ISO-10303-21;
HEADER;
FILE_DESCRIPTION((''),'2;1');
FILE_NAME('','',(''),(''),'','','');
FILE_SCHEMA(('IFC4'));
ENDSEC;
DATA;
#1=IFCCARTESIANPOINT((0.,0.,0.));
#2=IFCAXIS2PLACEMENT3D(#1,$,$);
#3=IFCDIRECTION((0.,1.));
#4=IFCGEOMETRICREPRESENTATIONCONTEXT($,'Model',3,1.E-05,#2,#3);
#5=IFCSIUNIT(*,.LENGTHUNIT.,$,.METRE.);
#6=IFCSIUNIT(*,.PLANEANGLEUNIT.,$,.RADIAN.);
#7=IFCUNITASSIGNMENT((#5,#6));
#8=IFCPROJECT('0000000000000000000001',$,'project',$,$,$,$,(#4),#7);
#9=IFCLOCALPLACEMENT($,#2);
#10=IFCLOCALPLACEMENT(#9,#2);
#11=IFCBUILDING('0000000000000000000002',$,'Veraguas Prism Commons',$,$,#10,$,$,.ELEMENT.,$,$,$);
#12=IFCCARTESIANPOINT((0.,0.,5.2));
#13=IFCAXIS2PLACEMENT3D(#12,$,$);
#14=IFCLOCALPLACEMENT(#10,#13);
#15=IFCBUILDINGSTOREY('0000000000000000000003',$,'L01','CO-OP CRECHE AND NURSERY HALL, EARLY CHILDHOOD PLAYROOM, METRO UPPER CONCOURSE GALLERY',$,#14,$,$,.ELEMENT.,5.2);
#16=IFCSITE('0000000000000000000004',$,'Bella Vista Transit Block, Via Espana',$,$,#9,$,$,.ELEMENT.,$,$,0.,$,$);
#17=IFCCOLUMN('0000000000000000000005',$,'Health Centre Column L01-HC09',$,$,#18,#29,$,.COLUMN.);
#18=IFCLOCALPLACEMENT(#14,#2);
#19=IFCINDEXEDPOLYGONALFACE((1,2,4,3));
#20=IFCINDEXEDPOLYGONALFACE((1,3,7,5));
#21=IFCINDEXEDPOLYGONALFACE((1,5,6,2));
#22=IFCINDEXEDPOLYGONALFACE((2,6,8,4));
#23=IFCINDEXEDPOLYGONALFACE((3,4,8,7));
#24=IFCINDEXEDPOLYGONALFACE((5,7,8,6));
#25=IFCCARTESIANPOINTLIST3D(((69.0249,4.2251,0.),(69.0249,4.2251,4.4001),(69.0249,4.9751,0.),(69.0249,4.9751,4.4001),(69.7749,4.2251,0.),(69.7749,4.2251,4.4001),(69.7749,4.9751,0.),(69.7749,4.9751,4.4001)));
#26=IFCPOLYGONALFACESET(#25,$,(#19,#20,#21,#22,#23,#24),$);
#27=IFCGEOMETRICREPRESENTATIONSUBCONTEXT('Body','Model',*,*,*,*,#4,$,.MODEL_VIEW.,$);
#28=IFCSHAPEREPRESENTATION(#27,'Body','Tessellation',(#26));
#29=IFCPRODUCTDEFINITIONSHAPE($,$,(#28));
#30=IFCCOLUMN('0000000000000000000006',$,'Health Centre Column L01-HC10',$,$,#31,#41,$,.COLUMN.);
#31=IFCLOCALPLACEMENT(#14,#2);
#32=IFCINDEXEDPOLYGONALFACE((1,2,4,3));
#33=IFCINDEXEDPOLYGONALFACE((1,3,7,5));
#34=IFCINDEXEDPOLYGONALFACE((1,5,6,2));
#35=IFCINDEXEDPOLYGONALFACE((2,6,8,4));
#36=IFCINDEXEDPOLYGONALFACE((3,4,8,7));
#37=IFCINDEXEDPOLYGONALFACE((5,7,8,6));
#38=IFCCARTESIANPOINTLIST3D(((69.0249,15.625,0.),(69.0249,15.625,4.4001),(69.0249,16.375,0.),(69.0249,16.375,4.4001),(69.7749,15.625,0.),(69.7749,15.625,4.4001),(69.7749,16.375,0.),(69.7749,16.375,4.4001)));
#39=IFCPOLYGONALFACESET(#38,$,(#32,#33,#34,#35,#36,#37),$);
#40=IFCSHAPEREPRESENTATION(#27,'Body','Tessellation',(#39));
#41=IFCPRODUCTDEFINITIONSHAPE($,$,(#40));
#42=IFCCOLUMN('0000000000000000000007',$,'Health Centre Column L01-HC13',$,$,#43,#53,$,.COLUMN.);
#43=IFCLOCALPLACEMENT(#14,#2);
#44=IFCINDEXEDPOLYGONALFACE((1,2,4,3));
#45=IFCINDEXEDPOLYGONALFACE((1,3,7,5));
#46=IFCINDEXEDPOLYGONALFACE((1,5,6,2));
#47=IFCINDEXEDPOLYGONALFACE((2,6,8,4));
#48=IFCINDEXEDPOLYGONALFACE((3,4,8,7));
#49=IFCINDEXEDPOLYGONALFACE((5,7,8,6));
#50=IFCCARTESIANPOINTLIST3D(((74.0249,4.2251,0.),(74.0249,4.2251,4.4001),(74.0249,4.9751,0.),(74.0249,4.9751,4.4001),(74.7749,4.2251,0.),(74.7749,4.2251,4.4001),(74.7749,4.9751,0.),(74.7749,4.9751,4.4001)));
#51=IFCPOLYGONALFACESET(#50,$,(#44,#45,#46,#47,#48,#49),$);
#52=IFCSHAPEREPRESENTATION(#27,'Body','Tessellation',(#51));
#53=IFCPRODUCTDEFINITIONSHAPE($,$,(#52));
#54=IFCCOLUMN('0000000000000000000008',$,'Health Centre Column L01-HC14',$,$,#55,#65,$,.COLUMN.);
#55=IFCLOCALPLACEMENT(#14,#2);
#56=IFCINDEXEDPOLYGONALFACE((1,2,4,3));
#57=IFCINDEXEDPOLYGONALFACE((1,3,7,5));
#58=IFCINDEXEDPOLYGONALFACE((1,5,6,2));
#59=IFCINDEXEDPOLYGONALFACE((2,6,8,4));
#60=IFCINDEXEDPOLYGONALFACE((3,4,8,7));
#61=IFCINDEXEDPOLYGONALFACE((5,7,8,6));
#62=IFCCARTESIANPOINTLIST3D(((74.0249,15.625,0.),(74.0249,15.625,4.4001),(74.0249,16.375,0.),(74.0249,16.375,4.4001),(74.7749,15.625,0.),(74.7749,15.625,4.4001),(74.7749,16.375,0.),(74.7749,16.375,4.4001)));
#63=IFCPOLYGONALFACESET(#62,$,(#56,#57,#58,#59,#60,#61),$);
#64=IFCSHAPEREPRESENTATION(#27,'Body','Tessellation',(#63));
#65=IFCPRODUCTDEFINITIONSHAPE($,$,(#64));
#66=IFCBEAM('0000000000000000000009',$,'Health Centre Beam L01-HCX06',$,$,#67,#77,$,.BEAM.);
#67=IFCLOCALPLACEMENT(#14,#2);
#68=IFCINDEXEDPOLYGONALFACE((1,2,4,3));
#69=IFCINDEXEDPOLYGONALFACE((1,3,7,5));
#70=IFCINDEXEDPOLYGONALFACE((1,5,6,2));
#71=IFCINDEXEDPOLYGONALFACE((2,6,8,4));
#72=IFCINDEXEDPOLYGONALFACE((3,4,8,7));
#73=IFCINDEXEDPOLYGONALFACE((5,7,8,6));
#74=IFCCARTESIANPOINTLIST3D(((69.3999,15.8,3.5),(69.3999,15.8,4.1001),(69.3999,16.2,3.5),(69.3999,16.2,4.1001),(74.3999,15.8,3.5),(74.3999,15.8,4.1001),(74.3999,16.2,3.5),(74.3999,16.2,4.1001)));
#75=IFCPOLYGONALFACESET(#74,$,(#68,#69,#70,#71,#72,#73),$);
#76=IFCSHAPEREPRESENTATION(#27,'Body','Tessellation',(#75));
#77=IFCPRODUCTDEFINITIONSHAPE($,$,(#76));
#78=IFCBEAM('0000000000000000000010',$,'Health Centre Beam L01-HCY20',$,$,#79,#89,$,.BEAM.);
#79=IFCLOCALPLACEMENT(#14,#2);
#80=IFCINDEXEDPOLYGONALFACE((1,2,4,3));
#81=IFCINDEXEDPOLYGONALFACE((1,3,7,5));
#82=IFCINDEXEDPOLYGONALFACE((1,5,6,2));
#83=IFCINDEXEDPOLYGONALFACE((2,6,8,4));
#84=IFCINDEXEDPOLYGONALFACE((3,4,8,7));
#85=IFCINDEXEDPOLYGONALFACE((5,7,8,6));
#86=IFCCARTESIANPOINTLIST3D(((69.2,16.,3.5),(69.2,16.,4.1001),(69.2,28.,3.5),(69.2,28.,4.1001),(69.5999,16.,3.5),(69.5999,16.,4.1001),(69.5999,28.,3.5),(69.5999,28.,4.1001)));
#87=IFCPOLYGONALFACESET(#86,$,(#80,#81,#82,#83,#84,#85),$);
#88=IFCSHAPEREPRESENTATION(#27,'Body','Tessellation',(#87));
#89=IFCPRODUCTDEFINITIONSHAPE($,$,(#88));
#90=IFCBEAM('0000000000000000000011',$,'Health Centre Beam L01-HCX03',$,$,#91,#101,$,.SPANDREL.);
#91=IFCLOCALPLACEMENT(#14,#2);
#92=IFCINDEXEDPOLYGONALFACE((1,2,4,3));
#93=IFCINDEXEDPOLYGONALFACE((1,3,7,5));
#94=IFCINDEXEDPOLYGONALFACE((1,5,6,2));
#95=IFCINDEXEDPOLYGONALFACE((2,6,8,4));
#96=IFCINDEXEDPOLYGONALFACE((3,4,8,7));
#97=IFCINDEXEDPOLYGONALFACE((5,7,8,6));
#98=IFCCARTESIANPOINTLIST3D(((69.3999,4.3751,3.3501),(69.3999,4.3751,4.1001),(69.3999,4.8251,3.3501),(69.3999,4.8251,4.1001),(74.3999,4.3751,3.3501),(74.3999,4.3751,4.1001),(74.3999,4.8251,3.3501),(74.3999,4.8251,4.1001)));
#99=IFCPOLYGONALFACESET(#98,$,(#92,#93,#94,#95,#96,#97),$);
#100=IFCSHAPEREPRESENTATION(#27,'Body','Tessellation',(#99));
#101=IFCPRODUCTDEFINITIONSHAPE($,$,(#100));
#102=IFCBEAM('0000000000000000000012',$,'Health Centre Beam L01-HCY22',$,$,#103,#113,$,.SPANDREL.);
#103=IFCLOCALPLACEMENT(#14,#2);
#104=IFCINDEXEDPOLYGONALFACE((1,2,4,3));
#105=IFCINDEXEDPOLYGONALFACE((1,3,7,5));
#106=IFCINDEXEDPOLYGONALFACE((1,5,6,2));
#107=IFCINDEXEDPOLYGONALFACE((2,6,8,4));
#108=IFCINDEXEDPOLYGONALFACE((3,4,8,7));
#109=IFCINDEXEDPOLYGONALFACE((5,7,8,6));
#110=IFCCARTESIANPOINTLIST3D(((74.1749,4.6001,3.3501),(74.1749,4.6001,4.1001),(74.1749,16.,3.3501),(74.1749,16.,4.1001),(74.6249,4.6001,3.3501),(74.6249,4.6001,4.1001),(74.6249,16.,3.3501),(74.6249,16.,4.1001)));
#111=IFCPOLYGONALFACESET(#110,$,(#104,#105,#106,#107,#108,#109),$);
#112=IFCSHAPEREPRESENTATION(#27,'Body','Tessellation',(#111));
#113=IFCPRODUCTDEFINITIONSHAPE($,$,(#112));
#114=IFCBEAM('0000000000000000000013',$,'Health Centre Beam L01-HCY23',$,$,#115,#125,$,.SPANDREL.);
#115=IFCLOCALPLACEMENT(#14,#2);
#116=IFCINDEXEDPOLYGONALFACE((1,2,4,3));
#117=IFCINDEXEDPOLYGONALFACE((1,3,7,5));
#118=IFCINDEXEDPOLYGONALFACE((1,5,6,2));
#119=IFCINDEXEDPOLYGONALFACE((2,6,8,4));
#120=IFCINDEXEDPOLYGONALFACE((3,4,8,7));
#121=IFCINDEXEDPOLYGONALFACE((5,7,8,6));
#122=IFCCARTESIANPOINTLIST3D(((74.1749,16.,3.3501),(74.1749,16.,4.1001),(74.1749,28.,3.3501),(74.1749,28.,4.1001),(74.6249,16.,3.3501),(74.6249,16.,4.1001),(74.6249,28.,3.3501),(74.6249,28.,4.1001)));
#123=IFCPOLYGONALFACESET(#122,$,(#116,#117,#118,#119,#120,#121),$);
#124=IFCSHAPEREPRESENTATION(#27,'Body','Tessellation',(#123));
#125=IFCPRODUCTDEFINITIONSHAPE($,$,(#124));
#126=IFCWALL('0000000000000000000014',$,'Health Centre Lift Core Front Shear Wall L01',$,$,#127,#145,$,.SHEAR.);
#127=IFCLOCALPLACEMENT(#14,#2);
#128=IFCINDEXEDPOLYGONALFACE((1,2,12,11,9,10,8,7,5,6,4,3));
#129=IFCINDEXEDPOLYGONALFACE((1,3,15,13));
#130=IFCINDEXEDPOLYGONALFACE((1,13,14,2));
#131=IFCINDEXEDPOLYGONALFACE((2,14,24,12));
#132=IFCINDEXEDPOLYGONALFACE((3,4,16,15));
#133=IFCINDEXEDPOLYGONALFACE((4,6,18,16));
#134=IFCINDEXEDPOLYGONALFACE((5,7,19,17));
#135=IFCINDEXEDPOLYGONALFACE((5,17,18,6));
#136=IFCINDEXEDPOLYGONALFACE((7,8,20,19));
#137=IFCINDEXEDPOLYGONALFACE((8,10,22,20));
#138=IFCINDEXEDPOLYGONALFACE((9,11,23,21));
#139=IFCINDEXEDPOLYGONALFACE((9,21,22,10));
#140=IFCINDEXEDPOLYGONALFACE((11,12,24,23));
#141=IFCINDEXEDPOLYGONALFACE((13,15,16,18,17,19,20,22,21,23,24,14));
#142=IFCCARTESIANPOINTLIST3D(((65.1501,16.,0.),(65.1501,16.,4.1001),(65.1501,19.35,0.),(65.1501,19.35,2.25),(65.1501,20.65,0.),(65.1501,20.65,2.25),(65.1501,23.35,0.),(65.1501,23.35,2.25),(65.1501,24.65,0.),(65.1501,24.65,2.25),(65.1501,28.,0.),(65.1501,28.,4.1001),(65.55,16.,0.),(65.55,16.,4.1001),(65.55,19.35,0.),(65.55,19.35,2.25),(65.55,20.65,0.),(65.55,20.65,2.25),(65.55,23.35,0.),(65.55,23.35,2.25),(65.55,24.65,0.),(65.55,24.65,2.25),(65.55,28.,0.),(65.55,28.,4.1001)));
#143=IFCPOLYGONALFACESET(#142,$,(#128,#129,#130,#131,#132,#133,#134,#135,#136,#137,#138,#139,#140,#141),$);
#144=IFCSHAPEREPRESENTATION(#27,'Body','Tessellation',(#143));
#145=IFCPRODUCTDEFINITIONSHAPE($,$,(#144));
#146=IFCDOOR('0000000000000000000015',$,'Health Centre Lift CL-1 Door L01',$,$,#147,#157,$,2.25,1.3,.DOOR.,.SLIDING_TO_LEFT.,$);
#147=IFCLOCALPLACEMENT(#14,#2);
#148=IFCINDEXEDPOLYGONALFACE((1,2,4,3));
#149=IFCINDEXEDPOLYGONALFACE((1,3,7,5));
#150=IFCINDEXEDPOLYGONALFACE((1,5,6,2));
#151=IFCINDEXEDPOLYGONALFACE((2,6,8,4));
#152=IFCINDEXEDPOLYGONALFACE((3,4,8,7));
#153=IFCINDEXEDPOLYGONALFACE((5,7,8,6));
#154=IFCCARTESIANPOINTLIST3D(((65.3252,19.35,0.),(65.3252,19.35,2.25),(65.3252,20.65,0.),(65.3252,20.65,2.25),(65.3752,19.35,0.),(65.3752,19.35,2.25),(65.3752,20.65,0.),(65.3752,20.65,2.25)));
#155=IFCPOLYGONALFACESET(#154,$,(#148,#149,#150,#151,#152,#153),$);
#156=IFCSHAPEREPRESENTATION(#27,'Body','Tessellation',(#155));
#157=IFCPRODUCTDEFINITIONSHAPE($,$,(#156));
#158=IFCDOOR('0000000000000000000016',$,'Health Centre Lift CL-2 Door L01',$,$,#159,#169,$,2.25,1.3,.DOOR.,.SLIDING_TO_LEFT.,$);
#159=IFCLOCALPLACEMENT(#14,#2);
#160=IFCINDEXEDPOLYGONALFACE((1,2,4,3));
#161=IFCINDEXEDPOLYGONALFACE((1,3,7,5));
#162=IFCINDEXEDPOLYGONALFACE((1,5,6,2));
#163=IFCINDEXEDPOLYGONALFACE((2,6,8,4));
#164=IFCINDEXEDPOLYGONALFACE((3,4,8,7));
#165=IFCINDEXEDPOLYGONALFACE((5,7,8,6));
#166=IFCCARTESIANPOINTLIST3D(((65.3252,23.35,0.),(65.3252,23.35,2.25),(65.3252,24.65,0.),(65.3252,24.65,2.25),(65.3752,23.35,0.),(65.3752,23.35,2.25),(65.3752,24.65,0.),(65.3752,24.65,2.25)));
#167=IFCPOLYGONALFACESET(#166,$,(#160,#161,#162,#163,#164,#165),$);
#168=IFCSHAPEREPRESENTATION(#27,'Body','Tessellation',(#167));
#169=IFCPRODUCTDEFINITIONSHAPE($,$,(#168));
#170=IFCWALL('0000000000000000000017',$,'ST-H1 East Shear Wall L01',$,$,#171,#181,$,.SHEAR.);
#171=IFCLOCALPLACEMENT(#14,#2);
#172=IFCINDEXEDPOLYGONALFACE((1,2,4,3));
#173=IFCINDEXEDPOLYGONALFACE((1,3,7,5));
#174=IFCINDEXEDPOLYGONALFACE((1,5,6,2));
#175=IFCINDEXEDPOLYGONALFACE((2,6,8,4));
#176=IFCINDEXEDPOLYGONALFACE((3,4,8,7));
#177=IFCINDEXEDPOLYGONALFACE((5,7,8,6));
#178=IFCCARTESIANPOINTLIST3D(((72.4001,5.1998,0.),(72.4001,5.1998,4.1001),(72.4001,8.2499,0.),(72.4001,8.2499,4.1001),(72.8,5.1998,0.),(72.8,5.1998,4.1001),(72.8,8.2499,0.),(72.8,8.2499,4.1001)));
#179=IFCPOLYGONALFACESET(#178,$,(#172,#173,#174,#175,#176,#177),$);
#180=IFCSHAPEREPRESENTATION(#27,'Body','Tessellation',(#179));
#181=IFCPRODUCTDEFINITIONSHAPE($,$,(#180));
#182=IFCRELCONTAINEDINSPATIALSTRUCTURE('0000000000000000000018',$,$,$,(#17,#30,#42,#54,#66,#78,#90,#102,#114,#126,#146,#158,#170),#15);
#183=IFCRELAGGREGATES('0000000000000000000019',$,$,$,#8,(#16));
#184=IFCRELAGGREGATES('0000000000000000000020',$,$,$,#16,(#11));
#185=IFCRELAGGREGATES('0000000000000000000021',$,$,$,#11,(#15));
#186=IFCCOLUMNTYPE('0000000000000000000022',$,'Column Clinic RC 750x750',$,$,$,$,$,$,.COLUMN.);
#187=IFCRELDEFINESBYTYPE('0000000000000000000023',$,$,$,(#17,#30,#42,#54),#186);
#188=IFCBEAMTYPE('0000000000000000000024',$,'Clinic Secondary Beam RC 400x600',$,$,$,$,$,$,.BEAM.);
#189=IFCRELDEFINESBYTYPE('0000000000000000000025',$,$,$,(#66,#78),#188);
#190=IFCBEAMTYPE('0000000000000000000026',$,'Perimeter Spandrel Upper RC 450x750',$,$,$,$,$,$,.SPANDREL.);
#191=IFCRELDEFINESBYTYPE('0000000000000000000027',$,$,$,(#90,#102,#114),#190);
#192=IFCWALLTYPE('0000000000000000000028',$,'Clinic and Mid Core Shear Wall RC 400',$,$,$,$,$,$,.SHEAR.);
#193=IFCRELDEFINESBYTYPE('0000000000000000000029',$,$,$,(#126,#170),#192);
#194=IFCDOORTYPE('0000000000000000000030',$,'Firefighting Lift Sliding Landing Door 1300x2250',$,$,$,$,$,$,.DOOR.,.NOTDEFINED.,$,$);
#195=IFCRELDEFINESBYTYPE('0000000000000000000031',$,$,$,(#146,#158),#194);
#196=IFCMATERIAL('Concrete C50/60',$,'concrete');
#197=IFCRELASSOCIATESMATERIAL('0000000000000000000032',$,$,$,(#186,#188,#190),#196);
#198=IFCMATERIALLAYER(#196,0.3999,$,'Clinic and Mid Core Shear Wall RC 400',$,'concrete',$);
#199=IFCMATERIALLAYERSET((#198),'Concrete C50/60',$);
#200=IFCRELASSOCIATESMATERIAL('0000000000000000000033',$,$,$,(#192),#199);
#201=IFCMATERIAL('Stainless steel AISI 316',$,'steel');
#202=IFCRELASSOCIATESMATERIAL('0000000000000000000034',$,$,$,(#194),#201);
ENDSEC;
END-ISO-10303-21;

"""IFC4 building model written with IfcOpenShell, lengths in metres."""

from ifc_helpers import new_model, si_unit, direction, frame, frame_2d, origin, origin_2d, place, context, subcontext, project, spatial, rectangle, extrude, source, transform, mapped, material, layer, layer_set, material_profile, profile_set, type_object, element, fill, save


model = new_model("IFC4")

# Units and contexts
model_context = context("Model", 3, precision=1e-05, world=origin(), true_north=direction((0.0, 1.0)))
body_context = subcontext(model_context, "Body", "Model", "MODEL_VIEW")
ifc_project = project(units=[si_unit("LENGTHUNIT", "METRE"), si_unit("PLANEANGLEUNIT", "RADIAN")], contexts=[model_context])

# Site, building, storey
site_placement = place(None, origin())
site = spatial("IfcSite", under=ifc_project, at=site_placement, Name="Bella Vista Transit Block, Via Espana", CompositionType="ELEMENT", RefElevation=0.0)
building_placement = place(site_placement, origin())
building = spatial("IfcBuilding", under=site, at=building_placement, Name="Veraguas Prism Commons", CompositionType="ELEMENT")
storey_placement = place(building_placement, frame((0.0, 0.0, 5.2)))
storey = spatial("IfcBuildingStorey", under=building, at=storey_placement, Name="L01", Description="CO-OP CRECHE AND NURSERY HALL, EARLY CHILDHOOD PLAYROOM, METRO UPPER CONCOURSE GALLERY", CompositionType="ELEMENT", Elevation=5.2)

# Columns
ifc_material_1 = material(Name="Concrete C50/60", Category="concrete")
ifc_material_profile_1 = material_profile(ifc_material_1, rectangle(XDim=0.75, YDim=0.75, at=origin_2d()), Name="RC750X750")
ifc_profile_set_1 = profile_set([ifc_material_profile_1], Name="Concrete C50/60")
column_type = type_object("IfcColumnType", Name="Column Clinic RC 750x750", PredefinedType="COLUMN", material=ifc_profile_set_1)
for number, where, z_axis, x_axis, name in (
    (1, (69.3999, 4.6001, 0.0), (0.0, 0.0, 1.0), (1.0, 0.0, 0.0), "Health Centre Column L01-HC09"),
    (2, (69.3999, 16.0, 0.0), (0.0, 0.0, 1.0), (1.0, 0.0, 0.0), "Health Centre Column L01-HC10"),
    (3, (74.3999, 4.6001, 0.0), (0.0, 0.0, 1.0), (1.0, 0.0, 0.0), "Health Centre Column L01-HC13"),
    (4, (74.3999, 16.0, 0.0), (0.0, 0.0, 1.0), (1.0, 0.0, 0.0), "Health Centre Column L01-HC14"),
):
    element("IfcColumn", number, at=place(storey_placement, frame(where, z_axis=z_axis, x_axis=x_axis)), inside=storey, type_object=column_type, Name=name, PredefinedType="COLUMN", context=body_context, shape_type="SweptSolid", body=[
        extrude(rectangle(XDim=0.75, YDim=0.75, at=origin_2d()), origin(), (0.0, 0.0, 1.0), 4.4001),
    ])

# Beams
ifc_material_profile_2 = material_profile(ifc_material_1, rectangle(XDim=0.3999, YDim=0.6001, at=origin_2d()), Name="RC400X600")
ifc_profile_set_2 = profile_set([ifc_material_profile_2], Name="Concrete C50/60")
beam_type_1 = type_object("IfcBeamType", Name="Clinic Secondary Beam RC 400x600", PredefinedType="BEAM", material=ifc_profile_set_2)
beam_1_placement = place(storey_placement, frame((69.3999, 16.0, 3.8), z_axis=(1.0, 0.0, 0.0), x_axis=(0.0, 1.0, 0.0)))
element("IfcBeam", 5, at=beam_1_placement, inside=storey, type_object=beam_type_1, Name="Health Centre Beam L01-HCX06", PredefinedType="BEAM", context=body_context, shape_type="SweptSolid", body=[
    extrude(rectangle(XDim=0.3999, YDim=0.6001, at=origin_2d()), origin(), (0.0, 0.0, 1.0), 5.0),
])
beam_2_placement = place(storey_placement, frame((69.3999, 16.0, 3.8), z_axis=(0.0, 1.0, 0.0), x_axis=(-1.0, 0.0, 0.0)))
element("IfcBeam", 6, at=beam_2_placement, inside=storey, type_object=beam_type_1, Name="Health Centre Beam L01-HCY20", PredefinedType="BEAM", context=body_context, shape_type="SweptSolid", body=[
    extrude(rectangle(XDim=0.3999, YDim=0.6001, at=origin_2d()), origin(), (0.0, 0.0, 1.0), 12.0),
])
ifc_material_profile_3 = material_profile(ifc_material_1, rectangle(XDim=0.45, YDim=0.75, at=origin_2d()), Name="RC450X750")
ifc_profile_set_3 = profile_set([ifc_material_profile_3], Name="Concrete C50/60")
beam_type_2 = type_object("IfcBeamType", Name="Perimeter Spandrel Upper RC 450x750", PredefinedType="SPANDREL", material=ifc_profile_set_3)
beam_3_placement = place(storey_placement, frame((69.3999, 4.6001, 3.7251), z_axis=(1.0, 0.0, 0.0), x_axis=(0.0, 1.0, 0.0)))
element("IfcBeam", 7, at=beam_3_placement, inside=storey, type_object=beam_type_2, Name="Health Centre Beam L01-HCX03", PredefinedType="SPANDREL", context=body_context, shape_type="SweptSolid", body=[
    extrude(rectangle(XDim=0.45, YDim=0.75, at=origin_2d()), origin(), (0.0, 0.0, 1.0), 5.0),
])
beam_4_placement = place(storey_placement, frame((74.3999, 4.6001, 3.7251), z_axis=(0.0, 1.0, 0.0), x_axis=(-1.0, 0.0, 0.0)))
element("IfcBeam", 8, at=beam_4_placement, inside=storey, type_object=beam_type_2, Name="Health Centre Beam L01-HCY22", PredefinedType="SPANDREL", context=body_context, shape_type="SweptSolid", body=[
    extrude(rectangle(XDim=0.45, YDim=0.75, at=origin_2d()), origin(), (0.0, 0.0, 1.0), 11.3999),
])
beam_5_placement = place(storey_placement, frame((74.3999, 16.0, 3.7251), z_axis=(0.0, 1.0, 0.0), x_axis=(-1.0, 0.0, 0.0)))
element("IfcBeam", 9, at=beam_5_placement, inside=storey, type_object=beam_type_2, Name="Health Centre Beam L01-HCY23", PredefinedType="SPANDREL", context=body_context, shape_type="SweptSolid", body=[
    extrude(rectangle(XDim=0.45, YDim=0.75, at=origin_2d()), origin(), (0.0, 0.0, 1.0), 12.0),
])

# Wall, openings, doors
ifc_layer_1 = layer(ifc_material_1, 0.3999, Name="Clinic and Mid Core Shear Wall RC 400", Category="concrete")
ifc_layer_set_1 = layer_set([ifc_layer_1], Name="Concrete C50/60")
wall_type_1 = type_object("IfcWallType", Name="Clinic and Mid Core Shear Wall RC 400", PredefinedType="SHEAR", material=ifc_layer_set_1)
wall_1_placement = place(storey_placement, frame((65.3501, 16.0, 0.0), z_axis=(0.0, 0.0, 1.0), x_axis=(0.0, 1.0, 0.0)))
wall_1 = element("IfcWall", 10, at=wall_1_placement, inside=storey, type_object=wall_type_1, Name="Health Centre Lift Core Front Shear Wall L01", PredefinedType="SHEAR", context=body_context, shape_type="SweptSolid", body=[
    extrude(rectangle(XDim=12.0, YDim=0.3999, at=frame_2d((6.0, 0.0))), origin(), (0.0, 0.0, 1.0), 4.1001),
])
opening_1_placement = place(wall_1_placement, frame((3.3501, 0.0, 0.0)))
opening_1 = element("IfcOpeningElement", 11, at=opening_1_placement, cuts=wall_1, PredefinedType="OPENING", context=body_context, shape_type="SweptSolid", body=[
    extrude(rectangle(XDim=1.3, YDim=2.25, at=frame_2d((0.6499, 1.125))), frame((0.0, 0.21, 0.0), z_axis=(0.0, -1.0, 0.0), x_axis=(1.0, 0.0, 0.0)), (0.0, 0.0, 1.0), 0.4199),
])
opening_2_placement = place(wall_1_placement, frame((7.3501, 0.0, 0.0)))
opening_2 = element("IfcOpeningElement", 12, at=opening_2_placement, cuts=wall_1, PredefinedType="OPENING", context=body_context, shape_type="SweptSolid", body=[
    extrude(rectangle(XDim=1.3, YDim=2.25, at=frame_2d((0.6499, 1.125))), frame((0.0, 0.21, 0.0), z_axis=(0.0, -1.0, 0.0), x_axis=(1.0, 0.0, 0.0)), (0.0, 0.0, 1.0), 0.4199),
])
ifc_material_2 = material(Name="Stainless steel AISI 316", Category="steel")
door_type_1 = type_object("IfcDoorType", Name="Firefighting Lift Sliding Landing Door 1300x2250", OperationType="NOTDEFINED", PredefinedType="DOOR", material=ifc_material_2)
shared_shape_1 = source(origin(), body_context, "Body", "SweptSolid", [
    extrude(rectangle(XDim=1.3, YDim=2.25, at=frame_2d((0.6499, 1.125))), frame((0.0, 0.0249, 0.0), z_axis=(0.0, -1.0, 0.0), x_axis=(1.0, 0.0, 0.0)), (0.0, 0.0, 1.0), 0.05),
])
door_1_placement = place(opening_1_placement, origin())
door_1 = element("IfcDoor", 13, at=door_1_placement, inside=storey, type_object=door_type_1, Name="Health Centre Lift CL-1 Door L01", OperationType="SLIDING_TO_LEFT", OverallHeight=2.25, OverallWidth=1.3, PredefinedType="DOOR", context=body_context, shape_type="MappedRepresentation", body=[
    mapped(shared_shape_1, transform((0.0, 0.0, 0.0), scale=1.0)),
])
fill(opening_1, door_1)
door_2_placement = place(opening_2_placement, origin())
door_2 = element("IfcDoor", 14, at=door_2_placement, inside=storey, type_object=door_type_1, Name="Health Centre Lift CL-2 Door L01", OperationType="SLIDING_TO_LEFT", OverallHeight=2.25, OverallWidth=1.3, PredefinedType="DOOR", context=body_context, shape_type="MappedRepresentation", body=[
    mapped(shared_shape_1, transform((0.0, 0.0, 0.0), scale=1.0)),
])
fill(opening_2, door_2)

# Wall
wall_2_placement = place(storey_placement, frame((72.6001, 5.2, 0.0), z_axis=(0.0, 0.0, 1.0), x_axis=(0.0, 1.0, 0.0)))
element("IfcWall", 15, at=wall_2_placement, inside=storey, type_object=wall_type_1, Name="ST-H1 East Shear Wall L01", PredefinedType="SHEAR", context=body_context, shape_type="SweptSolid", body=[
    extrude(rectangle(XDim=3.05, YDim=0.3999, at=frame_2d((1.5249, 0.0))), origin(), (0.0, 0.0, 1.0), 4.1001),
])

save(model, "model.ifc")
